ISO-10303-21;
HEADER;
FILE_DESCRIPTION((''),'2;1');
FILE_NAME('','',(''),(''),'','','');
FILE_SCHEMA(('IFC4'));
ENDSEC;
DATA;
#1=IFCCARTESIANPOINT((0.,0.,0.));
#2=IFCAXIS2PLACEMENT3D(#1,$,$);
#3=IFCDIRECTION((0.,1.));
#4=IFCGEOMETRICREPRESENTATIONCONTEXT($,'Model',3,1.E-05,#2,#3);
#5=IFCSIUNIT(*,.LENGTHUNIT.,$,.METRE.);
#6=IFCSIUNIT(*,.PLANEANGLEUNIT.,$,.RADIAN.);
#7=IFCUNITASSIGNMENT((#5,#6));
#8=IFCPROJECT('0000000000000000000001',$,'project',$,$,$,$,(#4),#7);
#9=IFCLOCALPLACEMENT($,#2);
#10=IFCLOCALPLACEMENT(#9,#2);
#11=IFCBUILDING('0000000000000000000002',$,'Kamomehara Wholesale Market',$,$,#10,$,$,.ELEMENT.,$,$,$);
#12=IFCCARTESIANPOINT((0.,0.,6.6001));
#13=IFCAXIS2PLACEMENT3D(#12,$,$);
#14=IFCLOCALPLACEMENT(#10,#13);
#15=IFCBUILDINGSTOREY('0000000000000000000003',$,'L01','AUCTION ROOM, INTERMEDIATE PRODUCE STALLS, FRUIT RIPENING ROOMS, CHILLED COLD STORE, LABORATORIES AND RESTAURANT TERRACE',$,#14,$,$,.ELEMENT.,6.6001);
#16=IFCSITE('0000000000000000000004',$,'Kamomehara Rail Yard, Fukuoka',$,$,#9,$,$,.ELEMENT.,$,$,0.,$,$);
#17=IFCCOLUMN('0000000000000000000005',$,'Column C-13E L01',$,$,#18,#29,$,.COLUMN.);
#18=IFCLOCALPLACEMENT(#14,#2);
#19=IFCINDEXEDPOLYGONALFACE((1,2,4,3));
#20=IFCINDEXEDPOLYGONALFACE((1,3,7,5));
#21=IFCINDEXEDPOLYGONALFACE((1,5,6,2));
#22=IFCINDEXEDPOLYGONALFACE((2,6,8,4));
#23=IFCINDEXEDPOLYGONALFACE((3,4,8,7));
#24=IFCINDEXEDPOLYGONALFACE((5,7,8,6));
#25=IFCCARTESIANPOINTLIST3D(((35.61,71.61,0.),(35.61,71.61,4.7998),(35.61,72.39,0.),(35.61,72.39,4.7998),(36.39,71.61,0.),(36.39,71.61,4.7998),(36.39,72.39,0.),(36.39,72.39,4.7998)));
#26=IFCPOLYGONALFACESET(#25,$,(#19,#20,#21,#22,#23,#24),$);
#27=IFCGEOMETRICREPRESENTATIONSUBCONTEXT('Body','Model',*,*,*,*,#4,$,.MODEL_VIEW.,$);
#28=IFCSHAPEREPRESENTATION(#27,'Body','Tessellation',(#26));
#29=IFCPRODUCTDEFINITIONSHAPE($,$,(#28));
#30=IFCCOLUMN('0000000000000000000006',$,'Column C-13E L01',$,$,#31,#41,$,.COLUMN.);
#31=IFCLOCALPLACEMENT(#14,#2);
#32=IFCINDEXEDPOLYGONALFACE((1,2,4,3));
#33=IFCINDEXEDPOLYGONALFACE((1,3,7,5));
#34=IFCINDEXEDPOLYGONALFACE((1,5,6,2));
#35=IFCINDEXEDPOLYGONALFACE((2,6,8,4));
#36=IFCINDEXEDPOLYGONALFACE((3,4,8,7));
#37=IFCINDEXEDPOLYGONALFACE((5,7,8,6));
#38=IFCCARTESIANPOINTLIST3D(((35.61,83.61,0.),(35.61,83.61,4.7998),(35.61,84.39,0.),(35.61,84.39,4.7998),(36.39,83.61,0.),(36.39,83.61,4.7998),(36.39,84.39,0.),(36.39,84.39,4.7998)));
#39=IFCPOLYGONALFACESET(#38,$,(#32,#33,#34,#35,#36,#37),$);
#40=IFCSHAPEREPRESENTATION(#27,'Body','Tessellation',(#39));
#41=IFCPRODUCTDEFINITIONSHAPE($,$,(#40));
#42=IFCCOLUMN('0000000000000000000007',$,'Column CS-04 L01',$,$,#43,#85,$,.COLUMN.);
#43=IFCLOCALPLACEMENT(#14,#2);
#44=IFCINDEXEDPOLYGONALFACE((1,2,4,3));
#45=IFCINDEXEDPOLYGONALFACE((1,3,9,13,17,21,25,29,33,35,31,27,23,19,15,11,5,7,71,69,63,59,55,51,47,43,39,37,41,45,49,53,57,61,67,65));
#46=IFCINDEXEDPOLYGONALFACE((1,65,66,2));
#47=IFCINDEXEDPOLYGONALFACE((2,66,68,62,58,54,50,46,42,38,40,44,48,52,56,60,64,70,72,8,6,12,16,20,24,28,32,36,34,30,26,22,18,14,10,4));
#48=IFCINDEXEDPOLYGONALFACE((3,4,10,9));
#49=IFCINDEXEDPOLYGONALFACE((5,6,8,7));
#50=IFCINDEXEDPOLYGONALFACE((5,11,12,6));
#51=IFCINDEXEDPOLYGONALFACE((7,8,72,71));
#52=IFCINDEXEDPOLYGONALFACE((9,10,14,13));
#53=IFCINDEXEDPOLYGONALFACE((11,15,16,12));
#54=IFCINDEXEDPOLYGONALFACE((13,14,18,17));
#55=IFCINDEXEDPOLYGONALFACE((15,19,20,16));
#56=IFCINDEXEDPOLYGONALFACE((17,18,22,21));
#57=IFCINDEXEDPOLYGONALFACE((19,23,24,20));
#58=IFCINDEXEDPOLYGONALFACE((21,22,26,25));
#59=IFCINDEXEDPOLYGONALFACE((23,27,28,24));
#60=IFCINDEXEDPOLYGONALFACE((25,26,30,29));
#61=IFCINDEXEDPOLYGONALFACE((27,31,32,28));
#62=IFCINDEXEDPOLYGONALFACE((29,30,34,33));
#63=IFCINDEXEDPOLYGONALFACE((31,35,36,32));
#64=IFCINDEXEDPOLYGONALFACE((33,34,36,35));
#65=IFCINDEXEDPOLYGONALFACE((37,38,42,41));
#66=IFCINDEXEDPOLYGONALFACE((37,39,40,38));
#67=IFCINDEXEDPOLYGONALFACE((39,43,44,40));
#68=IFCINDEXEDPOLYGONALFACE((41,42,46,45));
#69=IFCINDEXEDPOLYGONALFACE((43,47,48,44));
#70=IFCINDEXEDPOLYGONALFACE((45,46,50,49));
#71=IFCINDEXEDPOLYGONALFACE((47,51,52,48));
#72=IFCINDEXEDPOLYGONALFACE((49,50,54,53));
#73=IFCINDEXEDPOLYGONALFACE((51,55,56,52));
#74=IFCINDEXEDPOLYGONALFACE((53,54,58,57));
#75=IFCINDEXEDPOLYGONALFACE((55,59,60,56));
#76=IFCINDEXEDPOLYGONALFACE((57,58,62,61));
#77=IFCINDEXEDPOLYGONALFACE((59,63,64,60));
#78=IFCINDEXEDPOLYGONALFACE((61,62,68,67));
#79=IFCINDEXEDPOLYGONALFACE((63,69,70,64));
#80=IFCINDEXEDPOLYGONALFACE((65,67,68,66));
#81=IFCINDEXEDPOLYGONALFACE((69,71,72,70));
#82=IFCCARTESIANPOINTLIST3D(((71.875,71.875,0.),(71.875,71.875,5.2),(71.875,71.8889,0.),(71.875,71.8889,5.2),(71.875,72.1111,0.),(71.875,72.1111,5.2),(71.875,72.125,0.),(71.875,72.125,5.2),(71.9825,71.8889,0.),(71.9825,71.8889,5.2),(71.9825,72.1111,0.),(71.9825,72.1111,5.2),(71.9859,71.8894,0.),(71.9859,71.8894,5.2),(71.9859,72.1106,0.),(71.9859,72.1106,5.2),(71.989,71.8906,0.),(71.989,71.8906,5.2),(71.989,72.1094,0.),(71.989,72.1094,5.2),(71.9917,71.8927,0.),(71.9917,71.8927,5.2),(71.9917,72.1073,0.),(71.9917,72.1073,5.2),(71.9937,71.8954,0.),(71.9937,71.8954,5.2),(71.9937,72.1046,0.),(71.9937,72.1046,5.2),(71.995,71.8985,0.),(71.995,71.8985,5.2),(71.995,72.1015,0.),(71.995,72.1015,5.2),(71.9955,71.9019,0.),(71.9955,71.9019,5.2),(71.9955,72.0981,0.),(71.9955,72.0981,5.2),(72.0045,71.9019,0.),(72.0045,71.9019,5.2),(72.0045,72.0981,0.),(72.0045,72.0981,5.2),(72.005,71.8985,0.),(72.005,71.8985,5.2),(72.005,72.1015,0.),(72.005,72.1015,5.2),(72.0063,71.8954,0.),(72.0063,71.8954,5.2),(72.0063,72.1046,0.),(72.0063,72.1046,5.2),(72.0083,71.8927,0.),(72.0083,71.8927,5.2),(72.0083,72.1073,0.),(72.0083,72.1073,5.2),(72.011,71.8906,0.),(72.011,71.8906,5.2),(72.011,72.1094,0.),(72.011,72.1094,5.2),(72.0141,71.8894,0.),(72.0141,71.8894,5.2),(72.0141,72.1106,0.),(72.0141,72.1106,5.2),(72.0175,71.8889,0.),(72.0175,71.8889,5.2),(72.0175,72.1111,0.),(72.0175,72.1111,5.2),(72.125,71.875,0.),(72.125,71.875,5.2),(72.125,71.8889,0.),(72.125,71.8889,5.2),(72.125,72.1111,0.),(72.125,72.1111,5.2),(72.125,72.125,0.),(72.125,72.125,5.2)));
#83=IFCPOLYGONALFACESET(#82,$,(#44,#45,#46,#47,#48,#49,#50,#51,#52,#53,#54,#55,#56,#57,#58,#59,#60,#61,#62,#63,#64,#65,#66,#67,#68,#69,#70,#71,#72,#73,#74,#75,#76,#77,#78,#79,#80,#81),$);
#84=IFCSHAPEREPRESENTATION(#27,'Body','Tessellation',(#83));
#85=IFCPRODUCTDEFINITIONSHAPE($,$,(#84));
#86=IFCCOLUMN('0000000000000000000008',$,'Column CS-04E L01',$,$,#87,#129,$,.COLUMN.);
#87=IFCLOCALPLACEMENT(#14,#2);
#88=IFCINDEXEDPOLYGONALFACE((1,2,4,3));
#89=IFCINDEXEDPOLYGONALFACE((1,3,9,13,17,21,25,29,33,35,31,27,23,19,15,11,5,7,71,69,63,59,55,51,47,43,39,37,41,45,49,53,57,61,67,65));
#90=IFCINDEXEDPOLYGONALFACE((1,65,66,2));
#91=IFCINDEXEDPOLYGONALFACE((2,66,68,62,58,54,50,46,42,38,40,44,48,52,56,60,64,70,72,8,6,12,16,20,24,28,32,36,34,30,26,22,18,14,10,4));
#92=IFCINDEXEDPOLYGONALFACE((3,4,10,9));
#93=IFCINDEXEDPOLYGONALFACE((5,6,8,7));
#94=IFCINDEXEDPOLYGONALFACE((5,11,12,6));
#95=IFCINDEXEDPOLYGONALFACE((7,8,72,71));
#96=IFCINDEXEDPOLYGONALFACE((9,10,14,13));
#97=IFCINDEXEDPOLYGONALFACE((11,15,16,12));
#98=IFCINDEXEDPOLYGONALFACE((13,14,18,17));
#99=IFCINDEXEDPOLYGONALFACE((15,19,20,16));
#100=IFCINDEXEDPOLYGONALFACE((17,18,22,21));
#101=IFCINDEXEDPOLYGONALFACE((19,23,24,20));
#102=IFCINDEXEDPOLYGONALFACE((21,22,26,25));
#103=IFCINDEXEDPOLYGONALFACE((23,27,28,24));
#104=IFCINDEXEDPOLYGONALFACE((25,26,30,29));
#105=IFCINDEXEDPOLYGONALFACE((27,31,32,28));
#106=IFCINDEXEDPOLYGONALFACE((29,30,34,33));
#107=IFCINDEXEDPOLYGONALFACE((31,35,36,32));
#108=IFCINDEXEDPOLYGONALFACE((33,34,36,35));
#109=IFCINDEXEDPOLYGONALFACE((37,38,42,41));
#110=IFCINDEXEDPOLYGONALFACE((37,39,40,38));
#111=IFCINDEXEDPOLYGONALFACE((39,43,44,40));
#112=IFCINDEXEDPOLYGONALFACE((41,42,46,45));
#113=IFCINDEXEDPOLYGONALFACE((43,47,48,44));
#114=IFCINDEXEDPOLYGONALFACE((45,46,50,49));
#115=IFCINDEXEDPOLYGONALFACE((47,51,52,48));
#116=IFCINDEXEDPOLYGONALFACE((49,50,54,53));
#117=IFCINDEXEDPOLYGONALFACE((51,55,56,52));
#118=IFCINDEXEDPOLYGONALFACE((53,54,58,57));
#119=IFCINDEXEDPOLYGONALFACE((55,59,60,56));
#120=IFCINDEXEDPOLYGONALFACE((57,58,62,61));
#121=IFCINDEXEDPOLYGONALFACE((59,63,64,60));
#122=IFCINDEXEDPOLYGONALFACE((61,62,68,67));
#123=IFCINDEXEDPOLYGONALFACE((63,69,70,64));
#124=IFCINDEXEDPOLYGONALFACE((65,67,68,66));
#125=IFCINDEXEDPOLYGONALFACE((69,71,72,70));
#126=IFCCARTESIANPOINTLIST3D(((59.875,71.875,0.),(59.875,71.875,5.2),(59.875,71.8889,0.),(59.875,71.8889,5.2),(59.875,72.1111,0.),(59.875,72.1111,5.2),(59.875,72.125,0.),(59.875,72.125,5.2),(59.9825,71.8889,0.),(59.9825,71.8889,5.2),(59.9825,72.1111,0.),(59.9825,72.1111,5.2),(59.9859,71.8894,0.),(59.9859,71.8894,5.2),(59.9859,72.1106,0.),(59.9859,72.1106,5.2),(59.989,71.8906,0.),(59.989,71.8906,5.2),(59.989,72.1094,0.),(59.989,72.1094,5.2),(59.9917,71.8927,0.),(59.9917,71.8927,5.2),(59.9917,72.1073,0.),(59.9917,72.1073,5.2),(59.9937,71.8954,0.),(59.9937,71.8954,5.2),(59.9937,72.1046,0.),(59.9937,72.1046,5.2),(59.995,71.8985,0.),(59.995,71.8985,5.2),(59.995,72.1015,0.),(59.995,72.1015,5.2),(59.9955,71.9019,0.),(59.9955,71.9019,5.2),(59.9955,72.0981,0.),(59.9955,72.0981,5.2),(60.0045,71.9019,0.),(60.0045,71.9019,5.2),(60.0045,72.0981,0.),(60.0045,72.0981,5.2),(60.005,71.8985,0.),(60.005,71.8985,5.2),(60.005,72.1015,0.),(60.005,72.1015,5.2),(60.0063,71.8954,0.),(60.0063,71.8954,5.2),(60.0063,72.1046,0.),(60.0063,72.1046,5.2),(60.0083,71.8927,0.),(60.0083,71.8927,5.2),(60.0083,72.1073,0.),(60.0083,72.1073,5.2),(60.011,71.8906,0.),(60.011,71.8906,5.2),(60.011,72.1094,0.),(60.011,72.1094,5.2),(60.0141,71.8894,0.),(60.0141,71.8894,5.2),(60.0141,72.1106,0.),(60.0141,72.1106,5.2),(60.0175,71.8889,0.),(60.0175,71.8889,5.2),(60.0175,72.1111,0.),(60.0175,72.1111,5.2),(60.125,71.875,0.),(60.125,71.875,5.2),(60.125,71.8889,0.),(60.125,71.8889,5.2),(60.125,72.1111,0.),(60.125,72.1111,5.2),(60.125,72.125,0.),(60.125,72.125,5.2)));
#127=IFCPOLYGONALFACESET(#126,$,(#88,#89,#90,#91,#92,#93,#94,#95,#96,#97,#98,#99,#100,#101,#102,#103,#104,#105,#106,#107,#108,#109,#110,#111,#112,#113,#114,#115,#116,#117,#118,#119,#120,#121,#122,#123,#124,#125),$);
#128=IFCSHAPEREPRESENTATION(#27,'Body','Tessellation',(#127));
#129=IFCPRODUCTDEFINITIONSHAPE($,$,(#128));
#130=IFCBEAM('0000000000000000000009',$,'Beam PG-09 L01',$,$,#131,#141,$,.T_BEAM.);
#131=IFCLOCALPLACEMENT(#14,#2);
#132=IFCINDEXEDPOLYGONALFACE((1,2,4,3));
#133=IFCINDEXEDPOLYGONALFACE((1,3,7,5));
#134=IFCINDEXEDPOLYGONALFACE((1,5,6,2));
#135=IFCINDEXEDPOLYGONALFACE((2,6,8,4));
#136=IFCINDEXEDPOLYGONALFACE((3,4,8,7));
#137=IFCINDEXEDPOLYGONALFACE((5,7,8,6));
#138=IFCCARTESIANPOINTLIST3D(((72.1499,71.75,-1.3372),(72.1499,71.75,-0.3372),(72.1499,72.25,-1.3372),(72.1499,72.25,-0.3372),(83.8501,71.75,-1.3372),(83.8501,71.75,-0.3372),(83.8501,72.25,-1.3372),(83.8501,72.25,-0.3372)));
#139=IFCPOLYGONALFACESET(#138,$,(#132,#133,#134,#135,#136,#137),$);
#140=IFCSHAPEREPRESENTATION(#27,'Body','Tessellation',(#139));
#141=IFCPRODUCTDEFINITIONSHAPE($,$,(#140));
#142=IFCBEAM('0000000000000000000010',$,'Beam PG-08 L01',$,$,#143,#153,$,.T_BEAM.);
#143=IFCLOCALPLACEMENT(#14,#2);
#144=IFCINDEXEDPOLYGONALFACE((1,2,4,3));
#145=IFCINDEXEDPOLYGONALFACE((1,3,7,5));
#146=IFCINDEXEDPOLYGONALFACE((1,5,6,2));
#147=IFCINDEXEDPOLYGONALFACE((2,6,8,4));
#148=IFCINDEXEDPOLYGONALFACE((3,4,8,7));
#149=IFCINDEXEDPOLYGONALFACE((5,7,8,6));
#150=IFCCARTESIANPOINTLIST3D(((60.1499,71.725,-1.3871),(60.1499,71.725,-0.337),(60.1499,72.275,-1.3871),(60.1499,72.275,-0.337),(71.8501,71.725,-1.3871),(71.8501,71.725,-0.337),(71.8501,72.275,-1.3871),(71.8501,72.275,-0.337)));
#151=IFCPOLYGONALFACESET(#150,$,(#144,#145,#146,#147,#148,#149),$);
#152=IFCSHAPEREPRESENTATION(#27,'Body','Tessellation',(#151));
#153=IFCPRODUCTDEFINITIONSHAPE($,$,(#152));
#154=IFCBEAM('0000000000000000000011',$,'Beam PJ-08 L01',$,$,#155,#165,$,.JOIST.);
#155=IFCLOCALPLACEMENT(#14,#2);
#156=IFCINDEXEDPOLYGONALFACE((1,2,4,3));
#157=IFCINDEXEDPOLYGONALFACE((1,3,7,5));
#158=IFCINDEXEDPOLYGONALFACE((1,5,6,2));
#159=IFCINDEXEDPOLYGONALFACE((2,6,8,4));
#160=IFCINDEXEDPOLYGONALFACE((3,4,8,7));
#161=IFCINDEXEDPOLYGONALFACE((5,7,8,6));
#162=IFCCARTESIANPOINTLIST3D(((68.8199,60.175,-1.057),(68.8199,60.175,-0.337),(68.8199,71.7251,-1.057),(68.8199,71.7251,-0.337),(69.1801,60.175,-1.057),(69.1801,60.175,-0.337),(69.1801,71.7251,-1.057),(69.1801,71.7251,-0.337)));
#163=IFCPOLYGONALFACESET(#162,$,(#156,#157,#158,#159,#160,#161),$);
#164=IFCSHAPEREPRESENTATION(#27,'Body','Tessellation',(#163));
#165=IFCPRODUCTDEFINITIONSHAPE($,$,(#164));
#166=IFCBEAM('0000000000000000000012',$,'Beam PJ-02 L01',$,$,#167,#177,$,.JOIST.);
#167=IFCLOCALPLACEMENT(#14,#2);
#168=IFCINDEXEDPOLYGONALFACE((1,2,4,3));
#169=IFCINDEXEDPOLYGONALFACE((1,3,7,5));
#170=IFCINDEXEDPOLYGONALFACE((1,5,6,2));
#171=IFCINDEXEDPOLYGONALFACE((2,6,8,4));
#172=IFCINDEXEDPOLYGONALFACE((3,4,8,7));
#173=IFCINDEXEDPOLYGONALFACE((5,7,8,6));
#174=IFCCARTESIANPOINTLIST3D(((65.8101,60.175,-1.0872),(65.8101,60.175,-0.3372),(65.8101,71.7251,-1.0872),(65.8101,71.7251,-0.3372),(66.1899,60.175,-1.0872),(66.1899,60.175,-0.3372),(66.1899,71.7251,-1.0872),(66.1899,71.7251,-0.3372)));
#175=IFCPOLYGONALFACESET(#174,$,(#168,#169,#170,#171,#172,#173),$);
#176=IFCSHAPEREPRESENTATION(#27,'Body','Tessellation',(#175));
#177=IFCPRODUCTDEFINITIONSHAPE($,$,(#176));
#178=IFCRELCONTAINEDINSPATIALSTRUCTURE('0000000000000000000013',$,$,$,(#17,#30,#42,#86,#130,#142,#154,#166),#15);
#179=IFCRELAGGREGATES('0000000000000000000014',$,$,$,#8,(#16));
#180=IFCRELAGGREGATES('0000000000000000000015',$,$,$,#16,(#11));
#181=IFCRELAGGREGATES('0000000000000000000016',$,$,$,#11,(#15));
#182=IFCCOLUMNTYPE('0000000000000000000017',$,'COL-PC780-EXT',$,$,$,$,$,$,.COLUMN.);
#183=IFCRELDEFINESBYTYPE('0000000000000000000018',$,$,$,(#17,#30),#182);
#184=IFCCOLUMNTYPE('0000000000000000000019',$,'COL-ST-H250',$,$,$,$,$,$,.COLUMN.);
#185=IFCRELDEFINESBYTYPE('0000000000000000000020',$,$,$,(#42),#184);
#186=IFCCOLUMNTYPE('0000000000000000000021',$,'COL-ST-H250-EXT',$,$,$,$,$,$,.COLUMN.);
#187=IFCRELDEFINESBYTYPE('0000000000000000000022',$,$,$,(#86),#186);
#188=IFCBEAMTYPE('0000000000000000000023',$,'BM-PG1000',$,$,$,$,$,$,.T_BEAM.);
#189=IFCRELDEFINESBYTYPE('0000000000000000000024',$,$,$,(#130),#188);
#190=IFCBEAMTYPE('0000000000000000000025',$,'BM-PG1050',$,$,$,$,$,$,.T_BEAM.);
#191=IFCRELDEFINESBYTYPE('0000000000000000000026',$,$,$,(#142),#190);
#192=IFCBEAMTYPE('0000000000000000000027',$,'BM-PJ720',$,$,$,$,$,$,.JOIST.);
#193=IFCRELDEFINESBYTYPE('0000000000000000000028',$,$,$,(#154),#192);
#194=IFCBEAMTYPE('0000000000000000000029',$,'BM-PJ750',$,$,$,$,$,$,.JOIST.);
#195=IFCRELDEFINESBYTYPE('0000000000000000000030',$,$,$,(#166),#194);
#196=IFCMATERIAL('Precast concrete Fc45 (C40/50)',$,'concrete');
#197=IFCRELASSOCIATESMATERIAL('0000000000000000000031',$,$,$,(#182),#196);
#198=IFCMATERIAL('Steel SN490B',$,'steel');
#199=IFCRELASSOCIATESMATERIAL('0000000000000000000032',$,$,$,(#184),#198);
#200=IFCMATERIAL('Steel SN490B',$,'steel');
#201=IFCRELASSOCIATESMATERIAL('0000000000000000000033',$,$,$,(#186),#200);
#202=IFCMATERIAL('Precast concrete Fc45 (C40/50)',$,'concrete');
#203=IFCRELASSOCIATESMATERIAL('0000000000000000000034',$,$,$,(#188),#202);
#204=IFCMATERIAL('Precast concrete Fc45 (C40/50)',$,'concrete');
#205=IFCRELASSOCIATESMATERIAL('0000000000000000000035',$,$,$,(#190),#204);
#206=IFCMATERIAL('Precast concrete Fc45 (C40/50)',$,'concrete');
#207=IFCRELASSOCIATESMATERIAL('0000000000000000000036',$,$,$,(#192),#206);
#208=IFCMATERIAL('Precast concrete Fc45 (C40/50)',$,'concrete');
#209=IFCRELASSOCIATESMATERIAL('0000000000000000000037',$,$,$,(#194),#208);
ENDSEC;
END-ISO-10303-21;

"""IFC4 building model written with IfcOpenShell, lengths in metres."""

from ifc_helpers import new_model, si_unit, direction, frame, origin, origin_2d, place, context, subcontext, project, spatial, rectangle, i_section, extrude, material, material_profile, profile_set, type_object, element, save


model = new_model("IFC4")

# Units and contexts
model_context = context("Model", 3, precision=1e-05, world=origin(), true_north=direction((0.0, 1.0)))
body_context = subcontext(model_context, "Body", "Model", "MODEL_VIEW")
ifc_project = project(units=[si_unit("LENGTHUNIT", "METRE"), si_unit("PLANEANGLEUNIT", "RADIAN")], contexts=[model_context])

# Site, building, storey
site_placement = place(None, origin())
site = spatial("IfcSite", under=ifc_project, at=site_placement, Name="Kamomehara Rail Yard, Fukuoka", CompositionType="ELEMENT", RefElevation=0.0)
building_placement = place(site_placement, origin())
building = spatial("IfcBuilding", under=site, at=building_placement, Name="Kamomehara Wholesale Market", CompositionType="ELEMENT")
storey_placement = place(building_placement, frame((0.0, 0.0, 6.6001)))
storey = spatial("IfcBuildingStorey", under=building, at=storey_placement, Name="L01", Description="AUCTION ROOM, INTERMEDIATE PRODUCE STALLS, FRUIT RIPENING ROOMS, CHILLED COLD STORE, LABORATORIES AND RESTAURANT TERRACE", CompositionType="ELEMENT", Elevation=6.6001)

# Columns
ifc_material_1 = material(Name="Precast concrete Fc45 (C40/50)", Category="concrete")
ifc_material_profile_1 = material_profile(ifc_material_1, rectangle(XDim=0.78, YDim=0.78, at=origin_2d()), Name="PC-COL-780x780")
ifc_profile_set_1 = profile_set([ifc_material_profile_1], Name="Precast concrete Fc45 (C40/50)")
column_type_1 = type_object("IfcColumnType", Name="COL-PC780-EXT", PredefinedType="COLUMN", material=ifc_profile_set_1)
for number, where, z_axis, x_axis, name in (
    (1, (36.0, 72.0, 0.0), (0.0, 0.0, 1.0), (1.0, 0.0, 0.0), "Column C-13E L01"),
    (2, (36.0, 84.0, 0.0), (0.0, 0.0, 1.0), (1.0, 0.0, 0.0), "Column C-13E L01"),
):
    element("IfcColumn", number, at=place(storey_placement, frame(where, z_axis=z_axis, x_axis=x_axis)), inside=storey, type_object=column_type_1, Name=name, PredefinedType="COLUMN", context=body_context, shape_type="SweptSolid", body=[
        extrude(rectangle(XDim=0.78, YDim=0.78, at=origin_2d()), origin(), (0.0, 0.0, 1.0), 4.7998),
    ])
ifc_material_2 = material(Name="Steel SN490B", Category="steel")
ifc_material_profile_2 = material_profile(ifc_material_2, i_section(OverallWidth=0.25, OverallDepth=0.25, WebThickness=0.009, FlangeThickness=0.0139, FilletRadius=0.0129, at=origin_2d()), Name="H-250x250x9x14")
ifc_profile_set_2 = profile_set([ifc_material_profile_2], Name="Steel SN490B")
column_type_2 = type_object("IfcColumnType", Name="COL-ST-H250", PredefinedType="COLUMN", material=ifc_profile_set_2)
column_1_placement = place(storey_placement, frame((72.0, 72.0, 0.0), z_axis=(0.0, 0.0, 1.0), x_axis=(1.0, 0.0, 0.0)))
element("IfcColumn", 3, at=column_1_placement, inside=storey, type_object=column_type_2, Name="Column CS-04 L01", PredefinedType="COLUMN", context=body_context, shape_type="SweptSolid", body=[
    extrude(i_section(OverallWidth=0.25, OverallDepth=0.25, WebThickness=0.009, FlangeThickness=0.0139, FilletRadius=0.0129, at=origin_2d()), origin(), (0.0, 0.0, 1.0), 5.2),
])
ifc_material_3 = material(Name="Steel SN490B", Category="steel")
ifc_material_profile_3 = material_profile(ifc_material_3, i_section(OverallWidth=0.25, OverallDepth=0.25, WebThickness=0.009, FlangeThickness=0.0139, FilletRadius=0.0129, at=origin_2d()), Name="H-250x250x9x14")
ifc_profile_set_3 = profile_set([ifc_material_profile_3], Name="Steel SN490B")
column_type_3 = type_object("IfcColumnType", Name="COL-ST-H250-EXT", PredefinedType="COLUMN", material=ifc_profile_set_3)
column_2_placement = place(storey_placement, frame((60.0, 72.0, 0.0), z_axis=(0.0, 0.0, 1.0), x_axis=(1.0, 0.0, 0.0)))
element("IfcColumn", 4, at=column_2_placement, inside=storey, type_object=column_type_3, Name="Column CS-04E L01", PredefinedType="COLUMN", context=body_context, shape_type="SweptSolid", body=[
    extrude(i_section(OverallWidth=0.25, OverallDepth=0.25, WebThickness=0.009, FlangeThickness=0.0139, FilletRadius=0.0129, at=origin_2d()), origin(), (0.0, 0.0, 1.0), 5.2),
])

# Beams
ifc_material_4 = material(Name="Precast concrete Fc45 (C40/50)", Category="concrete")
ifc_material_profile_4 = material_profile(ifc_material_4, rectangle(XDim=0.5, YDim=1.0, at=origin_2d()), Name="PC-GRD-500x1000")
ifc_profile_set_4 = profile_set([ifc_material_profile_4], Name="Precast concrete Fc45 (C40/50)")
beam_type_1 = type_object("IfcBeamType", Name="BM-PG1000", PredefinedType="T_BEAM", material=ifc_profile_set_4)
beam_1_placement = place(storey_placement, frame((72.1499, 72.0, -0.8372), z_axis=(1.0, 0.0, 0.0), x_axis=(0.0, 1.0, 0.0)))
element("IfcBeam", 5, at=beam_1_placement, inside=storey, type_object=beam_type_1, Name="Beam PG-09 L01", PredefinedType="T_BEAM", context=body_context, shape_type="SweptSolid", body=[
    extrude(rectangle(XDim=0.5, YDim=1.0, at=origin_2d()), origin(), (0.0, 0.0, 1.0), 11.7002),
])
ifc_material_5 = material(Name="Precast concrete Fc45 (C40/50)", Category="concrete")
ifc_material_profile_5 = material_profile(ifc_material_5, rectangle(XDim=0.55, YDim=1.05, at=origin_2d()), Name="PC-GRD-550x1050")
ifc_profile_set_5 = profile_set([ifc_material_profile_5], Name="Precast concrete Fc45 (C40/50)")
beam_type_2 = type_object("IfcBeamType", Name="BM-PG1050", PredefinedType="T_BEAM", material=ifc_profile_set_5)
beam_2_placement = place(storey_placement, frame((60.1499, 72.0, -0.8621), z_axis=(1.0, 0.0, 0.0), x_axis=(0.0, 1.0, 0.0)))
element("IfcBeam", 6, at=beam_2_placement, inside=storey, type_object=beam_type_2, Name="Beam PG-08 L01", PredefinedType="T_BEAM", context=body_context, shape_type="SweptSolid", body=[
    extrude(rectangle(XDim=0.55, YDim=1.05, at=origin_2d()), origin(), (0.0, 0.0, 1.0), 11.7002),
])
ifc_material_6 = material(Name="Precast concrete Fc45 (C40/50)", Category="concrete")
ifc_material_profile_6 = material_profile(ifc_material_6, rectangle(XDim=0.3601, YDim=0.72, at=origin_2d()), Name="PC-JST-360x720")
ifc_profile_set_6 = profile_set([ifc_material_profile_6], Name="Precast concrete Fc45 (C40/50)")
beam_type_3 = type_object("IfcBeamType", Name="BM-PJ720", PredefinedType="JOIST", material=ifc_profile_set_6)
beam_3_placement = place(storey_placement, frame((69.0, 60.175, -0.697), z_axis=(0.0, 1.0, 0.0), x_axis=(-1.0, 0.0, 0.0)))
element("IfcBeam", 7, at=beam_3_placement, inside=storey, type_object=beam_type_3, Name="Beam PJ-08 L01", PredefinedType="JOIST", context=body_context, shape_type="SweptSolid", body=[
    extrude(rectangle(XDim=0.3601, YDim=0.72, at=origin_2d()), origin(), (0.0, 0.0, 1.0), 11.55),
])
ifc_material_7 = material(Name="Precast concrete Fc45 (C40/50)", Category="concrete")
ifc_material_profile_7 = material_profile(ifc_material_7, rectangle(XDim=0.3799, YDim=0.75, at=origin_2d()), Name="PC-JST-380x750")
ifc_profile_set_7 = profile_set([ifc_material_profile_7], Name="Precast concrete Fc45 (C40/50)")
beam_type_4 = type_object("IfcBeamType", Name="BM-PJ750", PredefinedType="JOIST", material=ifc_profile_set_7)
beam_4_placement = place(storey_placement, frame((66.0, 60.175, -0.7122), z_axis=(0.0, 1.0, 0.0), x_axis=(-1.0, 0.0, 0.0)))
element("IfcBeam", 8, at=beam_4_placement, inside=storey, type_object=beam_type_4, Name="Beam PJ-02 L01", PredefinedType="JOIST", context=body_context, shape_type="SweptSolid", body=[
    extrude(rectangle(XDim=0.3799, YDim=0.75, at=origin_2d()), origin(), (0.0, 0.0, 1.0), 11.55),
])

save(model, "model.ifc")
